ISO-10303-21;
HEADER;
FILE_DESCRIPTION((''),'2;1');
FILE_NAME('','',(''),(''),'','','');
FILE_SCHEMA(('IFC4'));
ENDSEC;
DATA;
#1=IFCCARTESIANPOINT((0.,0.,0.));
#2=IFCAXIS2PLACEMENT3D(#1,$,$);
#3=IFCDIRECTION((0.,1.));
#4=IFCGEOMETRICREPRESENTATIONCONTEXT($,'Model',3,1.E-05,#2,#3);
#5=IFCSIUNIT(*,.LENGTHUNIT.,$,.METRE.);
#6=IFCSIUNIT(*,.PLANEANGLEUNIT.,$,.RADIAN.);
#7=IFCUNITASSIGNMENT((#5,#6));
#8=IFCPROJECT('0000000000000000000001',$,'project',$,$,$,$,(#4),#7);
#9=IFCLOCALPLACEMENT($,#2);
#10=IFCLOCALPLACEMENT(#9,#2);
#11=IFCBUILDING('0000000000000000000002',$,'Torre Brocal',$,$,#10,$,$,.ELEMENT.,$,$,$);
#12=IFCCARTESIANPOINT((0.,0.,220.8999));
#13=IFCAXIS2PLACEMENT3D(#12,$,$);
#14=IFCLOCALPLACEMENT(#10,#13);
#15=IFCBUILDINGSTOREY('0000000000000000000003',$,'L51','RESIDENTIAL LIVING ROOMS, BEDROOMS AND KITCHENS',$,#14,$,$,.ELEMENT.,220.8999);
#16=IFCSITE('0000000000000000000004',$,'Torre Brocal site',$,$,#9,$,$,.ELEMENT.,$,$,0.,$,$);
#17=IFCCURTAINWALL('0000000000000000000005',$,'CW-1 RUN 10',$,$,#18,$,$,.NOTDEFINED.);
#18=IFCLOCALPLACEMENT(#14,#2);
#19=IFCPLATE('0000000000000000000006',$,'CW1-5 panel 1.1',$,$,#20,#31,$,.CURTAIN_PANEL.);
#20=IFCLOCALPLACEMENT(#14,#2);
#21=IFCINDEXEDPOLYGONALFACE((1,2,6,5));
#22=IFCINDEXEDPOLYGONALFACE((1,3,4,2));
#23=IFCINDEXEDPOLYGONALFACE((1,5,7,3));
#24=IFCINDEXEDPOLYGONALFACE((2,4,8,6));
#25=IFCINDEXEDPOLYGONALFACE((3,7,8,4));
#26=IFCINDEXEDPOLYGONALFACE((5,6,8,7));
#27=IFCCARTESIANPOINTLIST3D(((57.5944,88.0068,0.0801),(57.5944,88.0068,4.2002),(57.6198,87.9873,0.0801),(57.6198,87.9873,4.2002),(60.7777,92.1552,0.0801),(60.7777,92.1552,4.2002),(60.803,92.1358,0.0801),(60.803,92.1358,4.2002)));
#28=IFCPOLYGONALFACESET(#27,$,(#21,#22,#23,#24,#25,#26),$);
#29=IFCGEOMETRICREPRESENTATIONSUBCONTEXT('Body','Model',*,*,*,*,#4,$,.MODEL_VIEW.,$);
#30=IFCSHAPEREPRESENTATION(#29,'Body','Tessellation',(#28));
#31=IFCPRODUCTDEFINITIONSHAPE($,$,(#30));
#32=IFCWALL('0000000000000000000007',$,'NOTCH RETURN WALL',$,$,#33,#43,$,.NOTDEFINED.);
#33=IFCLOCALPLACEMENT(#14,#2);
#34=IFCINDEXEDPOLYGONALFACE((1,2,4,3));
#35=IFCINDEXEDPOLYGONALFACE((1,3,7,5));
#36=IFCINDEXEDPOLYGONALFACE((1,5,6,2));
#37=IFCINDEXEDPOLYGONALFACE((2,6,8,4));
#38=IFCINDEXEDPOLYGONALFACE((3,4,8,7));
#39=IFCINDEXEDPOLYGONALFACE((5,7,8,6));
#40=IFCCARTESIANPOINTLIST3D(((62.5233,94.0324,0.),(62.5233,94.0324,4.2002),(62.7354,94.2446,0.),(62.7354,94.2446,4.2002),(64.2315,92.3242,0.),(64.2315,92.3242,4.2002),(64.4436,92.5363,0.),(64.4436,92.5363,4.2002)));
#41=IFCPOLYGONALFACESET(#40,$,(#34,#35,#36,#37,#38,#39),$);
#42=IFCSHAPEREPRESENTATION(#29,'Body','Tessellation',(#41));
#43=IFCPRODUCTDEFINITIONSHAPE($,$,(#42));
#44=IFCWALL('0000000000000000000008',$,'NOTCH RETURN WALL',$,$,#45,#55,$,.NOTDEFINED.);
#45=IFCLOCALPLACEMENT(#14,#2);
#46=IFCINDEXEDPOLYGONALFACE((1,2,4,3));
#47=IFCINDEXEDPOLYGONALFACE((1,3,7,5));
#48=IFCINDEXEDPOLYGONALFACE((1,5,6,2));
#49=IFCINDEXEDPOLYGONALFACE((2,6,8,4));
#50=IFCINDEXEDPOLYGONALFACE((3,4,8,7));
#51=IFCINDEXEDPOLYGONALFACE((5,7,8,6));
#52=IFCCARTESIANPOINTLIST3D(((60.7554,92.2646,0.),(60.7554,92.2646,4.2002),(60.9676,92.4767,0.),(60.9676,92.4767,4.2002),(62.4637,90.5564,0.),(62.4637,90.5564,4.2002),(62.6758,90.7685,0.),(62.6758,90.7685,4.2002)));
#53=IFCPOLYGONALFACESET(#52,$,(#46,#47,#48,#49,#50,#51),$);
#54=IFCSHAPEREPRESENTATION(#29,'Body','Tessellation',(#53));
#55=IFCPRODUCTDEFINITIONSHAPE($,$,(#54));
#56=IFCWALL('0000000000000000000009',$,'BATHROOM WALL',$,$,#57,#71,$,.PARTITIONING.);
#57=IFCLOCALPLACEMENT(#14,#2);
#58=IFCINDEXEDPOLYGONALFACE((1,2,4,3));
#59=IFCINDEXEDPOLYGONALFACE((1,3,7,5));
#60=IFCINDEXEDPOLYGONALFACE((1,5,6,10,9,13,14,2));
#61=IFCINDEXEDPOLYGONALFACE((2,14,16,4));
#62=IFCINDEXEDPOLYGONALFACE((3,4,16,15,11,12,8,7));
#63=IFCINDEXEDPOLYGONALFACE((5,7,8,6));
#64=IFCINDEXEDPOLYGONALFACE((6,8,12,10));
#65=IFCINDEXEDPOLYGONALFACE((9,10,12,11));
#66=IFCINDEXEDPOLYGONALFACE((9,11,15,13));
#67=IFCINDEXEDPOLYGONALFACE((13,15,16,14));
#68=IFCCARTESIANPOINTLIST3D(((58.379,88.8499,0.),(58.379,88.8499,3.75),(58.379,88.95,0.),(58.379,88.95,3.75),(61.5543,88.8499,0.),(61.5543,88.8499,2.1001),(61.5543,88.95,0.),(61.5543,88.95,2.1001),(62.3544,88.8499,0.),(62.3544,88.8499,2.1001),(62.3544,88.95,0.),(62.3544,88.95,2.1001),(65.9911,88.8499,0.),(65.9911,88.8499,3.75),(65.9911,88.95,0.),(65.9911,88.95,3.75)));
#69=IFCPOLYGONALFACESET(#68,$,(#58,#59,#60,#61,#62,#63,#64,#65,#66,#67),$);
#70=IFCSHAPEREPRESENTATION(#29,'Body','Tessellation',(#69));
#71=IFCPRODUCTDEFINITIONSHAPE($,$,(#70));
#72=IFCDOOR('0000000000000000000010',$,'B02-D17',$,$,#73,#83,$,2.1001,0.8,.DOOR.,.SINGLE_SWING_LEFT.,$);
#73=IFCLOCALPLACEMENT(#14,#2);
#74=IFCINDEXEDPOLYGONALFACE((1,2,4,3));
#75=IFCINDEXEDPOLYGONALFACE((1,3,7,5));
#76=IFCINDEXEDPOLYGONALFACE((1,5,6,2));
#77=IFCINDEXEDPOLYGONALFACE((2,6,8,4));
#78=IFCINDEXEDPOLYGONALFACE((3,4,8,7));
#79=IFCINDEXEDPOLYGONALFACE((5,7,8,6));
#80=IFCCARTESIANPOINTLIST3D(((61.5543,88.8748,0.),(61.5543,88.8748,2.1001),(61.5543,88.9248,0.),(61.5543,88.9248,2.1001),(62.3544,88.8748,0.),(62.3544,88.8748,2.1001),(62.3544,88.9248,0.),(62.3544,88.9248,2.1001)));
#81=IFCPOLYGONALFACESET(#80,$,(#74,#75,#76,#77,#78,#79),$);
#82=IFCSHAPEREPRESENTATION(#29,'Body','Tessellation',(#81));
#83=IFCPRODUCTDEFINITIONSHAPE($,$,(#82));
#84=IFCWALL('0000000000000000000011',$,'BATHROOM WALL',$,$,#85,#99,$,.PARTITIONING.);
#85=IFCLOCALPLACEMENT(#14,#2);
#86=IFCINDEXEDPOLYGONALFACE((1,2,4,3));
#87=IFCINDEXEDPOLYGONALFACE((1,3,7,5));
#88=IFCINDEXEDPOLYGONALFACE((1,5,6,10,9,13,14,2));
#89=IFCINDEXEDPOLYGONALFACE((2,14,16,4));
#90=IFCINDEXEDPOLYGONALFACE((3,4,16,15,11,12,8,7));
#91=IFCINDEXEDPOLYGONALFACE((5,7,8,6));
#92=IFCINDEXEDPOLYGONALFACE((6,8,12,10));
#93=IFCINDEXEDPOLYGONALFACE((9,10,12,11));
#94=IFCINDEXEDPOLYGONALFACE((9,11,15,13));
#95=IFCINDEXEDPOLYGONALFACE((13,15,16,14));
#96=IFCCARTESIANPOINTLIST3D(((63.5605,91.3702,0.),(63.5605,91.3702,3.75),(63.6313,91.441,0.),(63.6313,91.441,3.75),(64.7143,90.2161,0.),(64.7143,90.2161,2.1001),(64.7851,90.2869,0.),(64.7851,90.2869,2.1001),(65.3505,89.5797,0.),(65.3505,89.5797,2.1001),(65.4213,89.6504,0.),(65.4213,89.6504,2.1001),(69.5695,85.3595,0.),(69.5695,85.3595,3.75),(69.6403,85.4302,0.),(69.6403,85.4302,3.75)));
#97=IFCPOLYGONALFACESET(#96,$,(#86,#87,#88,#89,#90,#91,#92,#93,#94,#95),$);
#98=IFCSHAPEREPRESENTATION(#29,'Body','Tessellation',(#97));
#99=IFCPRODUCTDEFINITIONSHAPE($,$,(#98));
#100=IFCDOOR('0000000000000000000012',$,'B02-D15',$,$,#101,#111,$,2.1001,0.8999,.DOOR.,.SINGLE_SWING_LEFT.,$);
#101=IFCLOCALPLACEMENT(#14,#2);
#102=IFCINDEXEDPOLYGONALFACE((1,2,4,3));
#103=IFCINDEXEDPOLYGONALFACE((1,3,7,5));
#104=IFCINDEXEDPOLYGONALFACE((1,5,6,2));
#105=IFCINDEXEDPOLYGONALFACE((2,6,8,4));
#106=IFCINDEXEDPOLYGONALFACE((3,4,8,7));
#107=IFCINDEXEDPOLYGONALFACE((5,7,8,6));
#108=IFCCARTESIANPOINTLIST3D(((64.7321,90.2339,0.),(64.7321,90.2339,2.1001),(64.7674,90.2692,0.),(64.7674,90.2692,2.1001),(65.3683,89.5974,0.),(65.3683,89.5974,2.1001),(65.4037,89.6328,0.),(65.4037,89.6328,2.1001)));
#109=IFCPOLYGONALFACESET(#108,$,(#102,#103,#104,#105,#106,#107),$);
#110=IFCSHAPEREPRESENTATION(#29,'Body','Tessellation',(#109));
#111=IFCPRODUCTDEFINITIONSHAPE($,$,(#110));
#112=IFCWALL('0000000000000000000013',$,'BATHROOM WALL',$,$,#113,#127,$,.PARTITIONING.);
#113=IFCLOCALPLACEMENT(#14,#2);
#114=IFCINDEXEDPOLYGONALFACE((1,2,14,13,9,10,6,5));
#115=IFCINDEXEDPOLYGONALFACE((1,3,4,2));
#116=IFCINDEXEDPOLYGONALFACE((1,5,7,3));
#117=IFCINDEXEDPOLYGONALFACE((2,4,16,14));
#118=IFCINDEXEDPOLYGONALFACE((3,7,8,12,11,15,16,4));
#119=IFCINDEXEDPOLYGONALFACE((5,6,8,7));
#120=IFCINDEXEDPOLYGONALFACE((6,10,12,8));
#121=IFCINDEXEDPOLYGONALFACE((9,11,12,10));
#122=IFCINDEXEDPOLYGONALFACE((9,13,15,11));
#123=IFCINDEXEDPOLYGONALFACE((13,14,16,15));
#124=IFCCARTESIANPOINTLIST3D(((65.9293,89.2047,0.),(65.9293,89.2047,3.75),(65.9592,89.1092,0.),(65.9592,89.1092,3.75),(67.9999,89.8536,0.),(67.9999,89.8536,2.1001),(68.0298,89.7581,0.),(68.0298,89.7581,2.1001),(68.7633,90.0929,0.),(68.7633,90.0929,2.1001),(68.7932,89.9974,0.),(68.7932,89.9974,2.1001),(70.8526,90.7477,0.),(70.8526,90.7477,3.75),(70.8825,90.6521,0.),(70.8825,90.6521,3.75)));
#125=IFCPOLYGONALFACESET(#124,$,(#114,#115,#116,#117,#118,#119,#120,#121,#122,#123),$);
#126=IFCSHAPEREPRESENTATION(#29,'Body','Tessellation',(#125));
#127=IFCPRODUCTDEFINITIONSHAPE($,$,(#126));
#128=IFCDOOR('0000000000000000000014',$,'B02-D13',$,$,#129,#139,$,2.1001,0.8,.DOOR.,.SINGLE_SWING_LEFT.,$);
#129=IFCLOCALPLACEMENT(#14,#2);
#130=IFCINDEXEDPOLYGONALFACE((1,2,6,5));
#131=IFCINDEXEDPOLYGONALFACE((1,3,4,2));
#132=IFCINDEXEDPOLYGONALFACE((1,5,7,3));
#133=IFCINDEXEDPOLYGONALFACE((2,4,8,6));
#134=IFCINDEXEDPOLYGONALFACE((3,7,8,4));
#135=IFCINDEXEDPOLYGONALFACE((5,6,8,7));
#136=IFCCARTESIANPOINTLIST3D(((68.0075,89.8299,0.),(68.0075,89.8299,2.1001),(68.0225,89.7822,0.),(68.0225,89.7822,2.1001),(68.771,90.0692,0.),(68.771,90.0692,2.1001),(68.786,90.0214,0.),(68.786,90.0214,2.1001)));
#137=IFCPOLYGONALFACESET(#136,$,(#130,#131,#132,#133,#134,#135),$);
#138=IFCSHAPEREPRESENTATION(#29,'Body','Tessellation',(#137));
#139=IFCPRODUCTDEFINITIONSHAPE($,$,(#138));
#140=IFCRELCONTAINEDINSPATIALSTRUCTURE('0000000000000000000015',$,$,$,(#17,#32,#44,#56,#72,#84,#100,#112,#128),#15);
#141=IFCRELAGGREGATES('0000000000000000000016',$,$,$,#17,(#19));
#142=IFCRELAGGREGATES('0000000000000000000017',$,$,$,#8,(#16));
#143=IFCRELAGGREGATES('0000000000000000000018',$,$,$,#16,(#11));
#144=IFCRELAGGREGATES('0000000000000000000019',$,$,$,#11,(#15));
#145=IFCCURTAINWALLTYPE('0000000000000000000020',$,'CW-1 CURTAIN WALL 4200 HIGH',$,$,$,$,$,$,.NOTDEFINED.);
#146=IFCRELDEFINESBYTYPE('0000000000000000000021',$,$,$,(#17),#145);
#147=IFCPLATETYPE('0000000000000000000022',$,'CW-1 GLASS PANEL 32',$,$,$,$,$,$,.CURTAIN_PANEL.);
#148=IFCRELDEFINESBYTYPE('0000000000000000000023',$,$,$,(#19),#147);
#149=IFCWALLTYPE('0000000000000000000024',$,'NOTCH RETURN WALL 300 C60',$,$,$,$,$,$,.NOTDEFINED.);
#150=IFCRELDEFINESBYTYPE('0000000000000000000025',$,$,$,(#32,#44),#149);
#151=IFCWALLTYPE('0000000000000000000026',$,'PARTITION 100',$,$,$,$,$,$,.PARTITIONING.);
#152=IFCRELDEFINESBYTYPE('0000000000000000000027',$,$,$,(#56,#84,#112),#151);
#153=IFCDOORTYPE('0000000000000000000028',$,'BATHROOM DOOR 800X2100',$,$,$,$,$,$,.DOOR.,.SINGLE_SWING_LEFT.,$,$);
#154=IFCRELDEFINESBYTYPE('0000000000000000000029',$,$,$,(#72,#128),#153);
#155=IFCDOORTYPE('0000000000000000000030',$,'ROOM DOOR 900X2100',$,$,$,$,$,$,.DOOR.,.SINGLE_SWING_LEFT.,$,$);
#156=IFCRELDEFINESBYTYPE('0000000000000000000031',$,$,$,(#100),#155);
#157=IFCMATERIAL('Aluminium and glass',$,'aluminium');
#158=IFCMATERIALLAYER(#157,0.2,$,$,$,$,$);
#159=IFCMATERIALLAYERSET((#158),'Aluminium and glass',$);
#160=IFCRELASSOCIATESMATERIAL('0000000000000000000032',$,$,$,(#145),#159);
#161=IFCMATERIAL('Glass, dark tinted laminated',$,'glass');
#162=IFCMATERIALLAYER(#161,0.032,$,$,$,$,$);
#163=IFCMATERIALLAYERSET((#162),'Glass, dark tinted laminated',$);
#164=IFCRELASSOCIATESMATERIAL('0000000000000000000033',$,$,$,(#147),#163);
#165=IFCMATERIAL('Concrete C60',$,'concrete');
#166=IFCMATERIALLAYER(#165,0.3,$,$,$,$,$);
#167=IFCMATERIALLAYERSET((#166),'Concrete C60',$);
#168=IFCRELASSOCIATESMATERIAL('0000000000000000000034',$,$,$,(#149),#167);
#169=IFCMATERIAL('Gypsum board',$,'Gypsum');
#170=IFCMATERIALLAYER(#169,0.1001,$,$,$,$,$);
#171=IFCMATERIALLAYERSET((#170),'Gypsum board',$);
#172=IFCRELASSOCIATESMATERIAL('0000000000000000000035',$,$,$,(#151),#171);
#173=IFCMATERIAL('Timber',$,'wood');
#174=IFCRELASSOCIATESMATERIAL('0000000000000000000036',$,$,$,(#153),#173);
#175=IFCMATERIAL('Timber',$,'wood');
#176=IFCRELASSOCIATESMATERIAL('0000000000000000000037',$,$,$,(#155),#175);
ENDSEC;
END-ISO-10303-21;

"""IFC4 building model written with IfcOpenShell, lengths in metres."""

from ifc_helpers import new_model, si_unit, direction, frame, frame_2d, origin, origin_2d, place, context, subcontext, project, spatial, rectangle, extrude, material, layer, layer_set, type_object, element, fill, aggregate, save


model = new_model("IFC4")

# Units and contexts
model_context = context("Model", 3, precision=1e-05, world=origin(), true_north=direction((0.0, 1.0)))
body_context = subcontext(model_context, "Body", "Model", "MODEL_VIEW")
ifc_project = project(units=[si_unit("LENGTHUNIT", "METRE"), si_unit("PLANEANGLEUNIT", "RADIAN")], contexts=[model_context])

# Site, building, storey
site_placement = place(None, origin())
site = spatial("IfcSite", under=ifc_project, at=site_placement, Name="Torre Brocal site", CompositionType="ELEMENT", RefElevation=0.0)
building_placement = place(site_placement, origin())
building = spatial("IfcBuilding", under=site, at=building_placement, Name="Torre Brocal", CompositionType="ELEMENT")
storey_placement = place(building_placement, frame((0.0, 0.0, 220.8999)))
storey = spatial("IfcBuildingStorey", under=building, at=storey_placement, Name="L51", Description="RESIDENTIAL LIVING ROOMS, BEDROOMS AND KITCHENS", CompositionType="ELEMENT", Elevation=220.8999)

# Shared definitions
ifc_material_1 = material(Name="Aluminium and glass", Category="aluminium")
ifc_layer_1 = layer(ifc_material_1, 0.2)
ifc_layer_set_1 = layer_set([ifc_layer_1], Name="Aluminium and glass")
curtain_wall_type = type_object("IfcCurtainWallType", Name="CW-1 CURTAIN WALL 4200 HIGH", PredefinedType="NOTDEFINED", material=ifc_layer_set_1)

# Curtain wall
curtain_wall_1_placement = place(storey_placement, origin())
curtain_wall_1 = element("IfcCurtainWall", 1, at=curtain_wall_1_placement, inside=storey, type_object=curtain_wall_type, Name="CW-1 RUN 10", PredefinedType="NOTDEFINED")

# Plate
ifc_material_2 = material(Name="Glass, dark tinted laminated", Category="glass")
ifc_layer_2 = layer(ifc_material_2, 0.032)
ifc_layer_set_2 = layer_set([ifc_layer_2], Name="Glass, dark tinted laminated")
plate_type = type_object("IfcPlateType", Name="CW-1 GLASS PANEL 32", PredefinedType="CURTAIN_PANEL", material=ifc_layer_set_2)
plate_1_placement = place(storey_placement, frame((59.1987, 90.0713, 0.0801), z_axis=(0.0, 0.0, 1.0), x_axis=(-0.608761, -0.793353, 0.0)))
plate_1 = element("IfcPlate", 2, at=plate_1_placement, type_object=plate_type, Name="CW1-5 panel 1.1", PredefinedType="CURTAIN_PANEL", context=body_context, shape_type="SweptSolid", body=[
    extrude(rectangle(XDim=5.229, YDim=0.032, at=origin_2d()), origin(), (0.0, 0.0, 1.0), 4.1201),
])
aggregate(curtain_wall_1, [plate_1])

# Walls
ifc_material_3 = material(Name="Concrete C60", Category="concrete")
ifc_layer_3 = layer(ifc_material_3, 0.3)
ifc_layer_set_3 = layer_set([ifc_layer_3], Name="Concrete C60")
wall_type_1 = type_object("IfcWallType", Name="NOTCH RETURN WALL 300 C60", PredefinedType="NOTDEFINED", material=ifc_layer_set_3)
for number, where, z_axis, x_axis, name in (
    (3, (64.3376, 92.4302, 0.0), (0.0, 0.0, 1.0), (-0.707107, 0.707107, 0.0), "NOTCH RETURN WALL"),
    (4, (62.5698, 90.6624, 0.0), (0.0, 0.0, 1.0), (-0.707107, 0.707107, 0.0), "NOTCH RETURN WALL"),
):
    element("IfcWall", number, at=place(storey_placement, frame(where, z_axis=z_axis, x_axis=x_axis)), inside=storey, type_object=wall_type_1, Name=name, PredefinedType="NOTDEFINED", context=body_context, shape_type="SweptSolid", body=[
        extrude(rectangle(XDim=2.4158, YDim=0.3, at=frame_2d((1.208, 0.0))), origin(), (0.0, 0.0, 1.0), 4.2002),
    ])

# Walls, openings, doors
ifc_material_4 = material(Name="Gypsum board", Category="Gypsum")
ifc_layer_4 = layer(ifc_material_4, 0.1001)
ifc_layer_set_4 = layer_set([ifc_layer_4], Name="Gypsum board")
wall_type_2 = type_object("IfcWallType", Name="PARTITION 100", PredefinedType="PARTITIONING", material=ifc_layer_set_4)
wall_1_placement = place(storey_placement, frame((58.3789, 88.8999, 0.0), z_axis=(0.0, 0.0, 1.0), x_axis=(1.0, 0.0, 0.0)))
wall_1 = element("IfcWall", 5, at=wall_1_placement, inside=storey, type_object=wall_type_2, Name="BATHROOM WALL", PredefinedType="PARTITIONING", context=body_context, shape_type="SweptSolid", body=[
    extrude(rectangle(XDim=7.6121, YDim=0.1001, at=frame_2d((3.8062, 0.0))), origin(), (0.0, 0.0, 1.0), 3.75),
])
opening_1_placement = place(wall_1_placement, frame((3.1755, 0.0, 0.0)))
opening_1 = element("IfcOpeningElement", 6, at=opening_1_placement, cuts=wall_1, PredefinedType="OPENING", context=body_context, shape_type="SweptSolid", body=[
    extrude(rectangle(XDim=0.8, YDim=2.1001, at=frame_2d((0.3999, 1.05))), frame((0.0, 0.0601, 0.0), z_axis=(0.0, -1.0, 0.0), x_axis=(1.0, 0.0, 0.0)), (0.0, 0.0, 1.0), 0.1201),
])
ifc_material_5 = material(Name="Timber", Category="wood")
door_type_1 = type_object("IfcDoorType", Name="BATHROOM DOOR 800X2100", OperationType="SINGLE_SWING_LEFT", PredefinedType="DOOR", material=ifc_material_5)
door_1_placement = place(opening_1_placement, origin())
door_1 = element("IfcDoor", 7, at=door_1_placement, inside=storey, type_object=door_type_1, Name="B02-D17", OperationType="SINGLE_SWING_LEFT", OverallHeight=2.1001, OverallWidth=0.8, PredefinedType="DOOR", context=body_context, shape_type="SweptSolid", body=[
    extrude(rectangle(XDim=0.8, YDim=2.1001, at=frame_2d((0.3999, 1.05))), frame((0.0, 0.0249, 0.0), z_axis=(0.0, -1.0, 0.0), x_axis=(1.0, 0.0, 0.0)), (0.0, 0.0, 1.0), 0.05),
])
fill(opening_1, door_1)
wall_2_placement = place(storey_placement, frame((63.5959, 91.4055, 0.0), z_axis=(0.0, 0.0, 1.0), x_axis=(0.707006, -0.707207, 0.0)))
wall_2 = element("IfcWall", 8, at=wall_2_placement, inside=storey, type_object=wall_type_2, Name="BATHROOM WALL", PredefinedType="PARTITIONING", context=body_context, shape_type="SweptSolid", body=[
    extrude(rectangle(XDim=8.4993, YDim=0.1001, at=frame_2d((4.2495, 0.0))), origin(), (0.0, 0.0, 1.0), 3.75),
])
opening_2_placement = place(wall_2_placement, frame((1.6318, 0.0, 0.0)))
opening_2 = element("IfcOpeningElement", 9, at=opening_2_placement, cuts=wall_2, PredefinedType="OPENING", context=body_context, shape_type="SweptSolid", body=[
    extrude(rectangle(XDim=0.8999, YDim=2.1001, at=frame_2d((0.45, 1.05))), frame((0.0, 0.0601, 0.0), z_axis=(0.0, -1.0, 0.0), x_axis=(1.0, 0.0, 0.0)), (0.0, 0.0, 1.0), 0.1201),
])
ifc_material_6 = material(Name="Timber", Category="wood")
door_type_2 = type_object("IfcDoorType", Name="ROOM DOOR 900X2100", OperationType="SINGLE_SWING_LEFT", PredefinedType="DOOR", material=ifc_material_6)
door_2_placement = place(opening_2_placement, frame((0.8999, 0.0, 0.0), z_axis=(0.0, 0.0, 1.0), x_axis=(-1.0, 0.0, 0.0)))
door_2 = element("IfcDoor", 10, at=door_2_placement, inside=storey, type_object=door_type_2, Name="B02-D15", OperationType="SINGLE_SWING_LEFT", OverallHeight=2.1001, OverallWidth=0.8999, PredefinedType="DOOR", context=body_context, shape_type="SweptSolid", body=[
    extrude(rectangle(XDim=0.8999, YDim=2.1001, at=frame_2d((0.45, 1.05))), frame((0.0, 0.0249, 0.0), z_axis=(0.0, -1.0, 0.0), x_axis=(1.0, 0.0, 0.0)), (0.0, 0.0, 1.0), 0.05),
])
fill(opening_2, door_2)
wall_3_placement = place(storey_placement, frame((65.9443, 89.157, 0.0), z_axis=(0.0, 0.0, 1.0), x_axis=(0.954235, 0.299056, 0.0)))
wall_3 = element("IfcWall", 11, at=wall_3_placement, inside=storey, type_object=wall_type_2, Name="BATHROOM WALL", PredefinedType="PARTITIONING", context=body_context, shape_type="SweptSolid", body=[
    extrude(rectangle(XDim=5.1594, YDim=0.1001, at=frame_2d((2.5796, 0.0))), origin(), (0.0, 0.0, 1.0), 3.75),
])
opening_3_placement = place(wall_3_placement, frame((2.1699, 0.0, 0.0)))
opening_3 = element("IfcOpeningElement", 12, at=opening_3_placement, cuts=wall_3, PredefinedType="OPENING", context=body_context, shape_type="SweptSolid", body=[
    extrude(rectangle(XDim=0.8, YDim=2.1001, at=frame_2d((0.3999, 1.05))), frame((0.0, 0.0601, 0.0), z_axis=(0.0, -1.0, 0.0), x_axis=(1.0, 0.0, 0.0)), (0.0, 0.0, 1.0), 0.1201),
])
door_3_placement = place(opening_3_placement, frame((0.8, 0.0, 0.0), z_axis=(0.0, 0.0, 1.0), x_axis=(-1.0, 0.0, 0.0)))
door_3 = element("IfcDoor", 13, at=door_3_placement, inside=storey, type_object=door_type_1, Name="B02-D13", OperationType="SINGLE_SWING_LEFT", OverallHeight=2.1001, OverallWidth=0.8, PredefinedType="DOOR", context=body_context, shape_type="SweptSolid", body=[
    extrude(rectangle(XDim=0.8, YDim=2.1001, at=frame_2d((0.3999, 1.05))), frame((0.0, 0.0249, 0.0), z_axis=(0.0, -1.0, 0.0), x_axis=(1.0, 0.0, 0.0)), (0.0, 0.0, 1.0), 0.05),
])
fill(opening_3, door_3)

save(model, "model.ifc")
